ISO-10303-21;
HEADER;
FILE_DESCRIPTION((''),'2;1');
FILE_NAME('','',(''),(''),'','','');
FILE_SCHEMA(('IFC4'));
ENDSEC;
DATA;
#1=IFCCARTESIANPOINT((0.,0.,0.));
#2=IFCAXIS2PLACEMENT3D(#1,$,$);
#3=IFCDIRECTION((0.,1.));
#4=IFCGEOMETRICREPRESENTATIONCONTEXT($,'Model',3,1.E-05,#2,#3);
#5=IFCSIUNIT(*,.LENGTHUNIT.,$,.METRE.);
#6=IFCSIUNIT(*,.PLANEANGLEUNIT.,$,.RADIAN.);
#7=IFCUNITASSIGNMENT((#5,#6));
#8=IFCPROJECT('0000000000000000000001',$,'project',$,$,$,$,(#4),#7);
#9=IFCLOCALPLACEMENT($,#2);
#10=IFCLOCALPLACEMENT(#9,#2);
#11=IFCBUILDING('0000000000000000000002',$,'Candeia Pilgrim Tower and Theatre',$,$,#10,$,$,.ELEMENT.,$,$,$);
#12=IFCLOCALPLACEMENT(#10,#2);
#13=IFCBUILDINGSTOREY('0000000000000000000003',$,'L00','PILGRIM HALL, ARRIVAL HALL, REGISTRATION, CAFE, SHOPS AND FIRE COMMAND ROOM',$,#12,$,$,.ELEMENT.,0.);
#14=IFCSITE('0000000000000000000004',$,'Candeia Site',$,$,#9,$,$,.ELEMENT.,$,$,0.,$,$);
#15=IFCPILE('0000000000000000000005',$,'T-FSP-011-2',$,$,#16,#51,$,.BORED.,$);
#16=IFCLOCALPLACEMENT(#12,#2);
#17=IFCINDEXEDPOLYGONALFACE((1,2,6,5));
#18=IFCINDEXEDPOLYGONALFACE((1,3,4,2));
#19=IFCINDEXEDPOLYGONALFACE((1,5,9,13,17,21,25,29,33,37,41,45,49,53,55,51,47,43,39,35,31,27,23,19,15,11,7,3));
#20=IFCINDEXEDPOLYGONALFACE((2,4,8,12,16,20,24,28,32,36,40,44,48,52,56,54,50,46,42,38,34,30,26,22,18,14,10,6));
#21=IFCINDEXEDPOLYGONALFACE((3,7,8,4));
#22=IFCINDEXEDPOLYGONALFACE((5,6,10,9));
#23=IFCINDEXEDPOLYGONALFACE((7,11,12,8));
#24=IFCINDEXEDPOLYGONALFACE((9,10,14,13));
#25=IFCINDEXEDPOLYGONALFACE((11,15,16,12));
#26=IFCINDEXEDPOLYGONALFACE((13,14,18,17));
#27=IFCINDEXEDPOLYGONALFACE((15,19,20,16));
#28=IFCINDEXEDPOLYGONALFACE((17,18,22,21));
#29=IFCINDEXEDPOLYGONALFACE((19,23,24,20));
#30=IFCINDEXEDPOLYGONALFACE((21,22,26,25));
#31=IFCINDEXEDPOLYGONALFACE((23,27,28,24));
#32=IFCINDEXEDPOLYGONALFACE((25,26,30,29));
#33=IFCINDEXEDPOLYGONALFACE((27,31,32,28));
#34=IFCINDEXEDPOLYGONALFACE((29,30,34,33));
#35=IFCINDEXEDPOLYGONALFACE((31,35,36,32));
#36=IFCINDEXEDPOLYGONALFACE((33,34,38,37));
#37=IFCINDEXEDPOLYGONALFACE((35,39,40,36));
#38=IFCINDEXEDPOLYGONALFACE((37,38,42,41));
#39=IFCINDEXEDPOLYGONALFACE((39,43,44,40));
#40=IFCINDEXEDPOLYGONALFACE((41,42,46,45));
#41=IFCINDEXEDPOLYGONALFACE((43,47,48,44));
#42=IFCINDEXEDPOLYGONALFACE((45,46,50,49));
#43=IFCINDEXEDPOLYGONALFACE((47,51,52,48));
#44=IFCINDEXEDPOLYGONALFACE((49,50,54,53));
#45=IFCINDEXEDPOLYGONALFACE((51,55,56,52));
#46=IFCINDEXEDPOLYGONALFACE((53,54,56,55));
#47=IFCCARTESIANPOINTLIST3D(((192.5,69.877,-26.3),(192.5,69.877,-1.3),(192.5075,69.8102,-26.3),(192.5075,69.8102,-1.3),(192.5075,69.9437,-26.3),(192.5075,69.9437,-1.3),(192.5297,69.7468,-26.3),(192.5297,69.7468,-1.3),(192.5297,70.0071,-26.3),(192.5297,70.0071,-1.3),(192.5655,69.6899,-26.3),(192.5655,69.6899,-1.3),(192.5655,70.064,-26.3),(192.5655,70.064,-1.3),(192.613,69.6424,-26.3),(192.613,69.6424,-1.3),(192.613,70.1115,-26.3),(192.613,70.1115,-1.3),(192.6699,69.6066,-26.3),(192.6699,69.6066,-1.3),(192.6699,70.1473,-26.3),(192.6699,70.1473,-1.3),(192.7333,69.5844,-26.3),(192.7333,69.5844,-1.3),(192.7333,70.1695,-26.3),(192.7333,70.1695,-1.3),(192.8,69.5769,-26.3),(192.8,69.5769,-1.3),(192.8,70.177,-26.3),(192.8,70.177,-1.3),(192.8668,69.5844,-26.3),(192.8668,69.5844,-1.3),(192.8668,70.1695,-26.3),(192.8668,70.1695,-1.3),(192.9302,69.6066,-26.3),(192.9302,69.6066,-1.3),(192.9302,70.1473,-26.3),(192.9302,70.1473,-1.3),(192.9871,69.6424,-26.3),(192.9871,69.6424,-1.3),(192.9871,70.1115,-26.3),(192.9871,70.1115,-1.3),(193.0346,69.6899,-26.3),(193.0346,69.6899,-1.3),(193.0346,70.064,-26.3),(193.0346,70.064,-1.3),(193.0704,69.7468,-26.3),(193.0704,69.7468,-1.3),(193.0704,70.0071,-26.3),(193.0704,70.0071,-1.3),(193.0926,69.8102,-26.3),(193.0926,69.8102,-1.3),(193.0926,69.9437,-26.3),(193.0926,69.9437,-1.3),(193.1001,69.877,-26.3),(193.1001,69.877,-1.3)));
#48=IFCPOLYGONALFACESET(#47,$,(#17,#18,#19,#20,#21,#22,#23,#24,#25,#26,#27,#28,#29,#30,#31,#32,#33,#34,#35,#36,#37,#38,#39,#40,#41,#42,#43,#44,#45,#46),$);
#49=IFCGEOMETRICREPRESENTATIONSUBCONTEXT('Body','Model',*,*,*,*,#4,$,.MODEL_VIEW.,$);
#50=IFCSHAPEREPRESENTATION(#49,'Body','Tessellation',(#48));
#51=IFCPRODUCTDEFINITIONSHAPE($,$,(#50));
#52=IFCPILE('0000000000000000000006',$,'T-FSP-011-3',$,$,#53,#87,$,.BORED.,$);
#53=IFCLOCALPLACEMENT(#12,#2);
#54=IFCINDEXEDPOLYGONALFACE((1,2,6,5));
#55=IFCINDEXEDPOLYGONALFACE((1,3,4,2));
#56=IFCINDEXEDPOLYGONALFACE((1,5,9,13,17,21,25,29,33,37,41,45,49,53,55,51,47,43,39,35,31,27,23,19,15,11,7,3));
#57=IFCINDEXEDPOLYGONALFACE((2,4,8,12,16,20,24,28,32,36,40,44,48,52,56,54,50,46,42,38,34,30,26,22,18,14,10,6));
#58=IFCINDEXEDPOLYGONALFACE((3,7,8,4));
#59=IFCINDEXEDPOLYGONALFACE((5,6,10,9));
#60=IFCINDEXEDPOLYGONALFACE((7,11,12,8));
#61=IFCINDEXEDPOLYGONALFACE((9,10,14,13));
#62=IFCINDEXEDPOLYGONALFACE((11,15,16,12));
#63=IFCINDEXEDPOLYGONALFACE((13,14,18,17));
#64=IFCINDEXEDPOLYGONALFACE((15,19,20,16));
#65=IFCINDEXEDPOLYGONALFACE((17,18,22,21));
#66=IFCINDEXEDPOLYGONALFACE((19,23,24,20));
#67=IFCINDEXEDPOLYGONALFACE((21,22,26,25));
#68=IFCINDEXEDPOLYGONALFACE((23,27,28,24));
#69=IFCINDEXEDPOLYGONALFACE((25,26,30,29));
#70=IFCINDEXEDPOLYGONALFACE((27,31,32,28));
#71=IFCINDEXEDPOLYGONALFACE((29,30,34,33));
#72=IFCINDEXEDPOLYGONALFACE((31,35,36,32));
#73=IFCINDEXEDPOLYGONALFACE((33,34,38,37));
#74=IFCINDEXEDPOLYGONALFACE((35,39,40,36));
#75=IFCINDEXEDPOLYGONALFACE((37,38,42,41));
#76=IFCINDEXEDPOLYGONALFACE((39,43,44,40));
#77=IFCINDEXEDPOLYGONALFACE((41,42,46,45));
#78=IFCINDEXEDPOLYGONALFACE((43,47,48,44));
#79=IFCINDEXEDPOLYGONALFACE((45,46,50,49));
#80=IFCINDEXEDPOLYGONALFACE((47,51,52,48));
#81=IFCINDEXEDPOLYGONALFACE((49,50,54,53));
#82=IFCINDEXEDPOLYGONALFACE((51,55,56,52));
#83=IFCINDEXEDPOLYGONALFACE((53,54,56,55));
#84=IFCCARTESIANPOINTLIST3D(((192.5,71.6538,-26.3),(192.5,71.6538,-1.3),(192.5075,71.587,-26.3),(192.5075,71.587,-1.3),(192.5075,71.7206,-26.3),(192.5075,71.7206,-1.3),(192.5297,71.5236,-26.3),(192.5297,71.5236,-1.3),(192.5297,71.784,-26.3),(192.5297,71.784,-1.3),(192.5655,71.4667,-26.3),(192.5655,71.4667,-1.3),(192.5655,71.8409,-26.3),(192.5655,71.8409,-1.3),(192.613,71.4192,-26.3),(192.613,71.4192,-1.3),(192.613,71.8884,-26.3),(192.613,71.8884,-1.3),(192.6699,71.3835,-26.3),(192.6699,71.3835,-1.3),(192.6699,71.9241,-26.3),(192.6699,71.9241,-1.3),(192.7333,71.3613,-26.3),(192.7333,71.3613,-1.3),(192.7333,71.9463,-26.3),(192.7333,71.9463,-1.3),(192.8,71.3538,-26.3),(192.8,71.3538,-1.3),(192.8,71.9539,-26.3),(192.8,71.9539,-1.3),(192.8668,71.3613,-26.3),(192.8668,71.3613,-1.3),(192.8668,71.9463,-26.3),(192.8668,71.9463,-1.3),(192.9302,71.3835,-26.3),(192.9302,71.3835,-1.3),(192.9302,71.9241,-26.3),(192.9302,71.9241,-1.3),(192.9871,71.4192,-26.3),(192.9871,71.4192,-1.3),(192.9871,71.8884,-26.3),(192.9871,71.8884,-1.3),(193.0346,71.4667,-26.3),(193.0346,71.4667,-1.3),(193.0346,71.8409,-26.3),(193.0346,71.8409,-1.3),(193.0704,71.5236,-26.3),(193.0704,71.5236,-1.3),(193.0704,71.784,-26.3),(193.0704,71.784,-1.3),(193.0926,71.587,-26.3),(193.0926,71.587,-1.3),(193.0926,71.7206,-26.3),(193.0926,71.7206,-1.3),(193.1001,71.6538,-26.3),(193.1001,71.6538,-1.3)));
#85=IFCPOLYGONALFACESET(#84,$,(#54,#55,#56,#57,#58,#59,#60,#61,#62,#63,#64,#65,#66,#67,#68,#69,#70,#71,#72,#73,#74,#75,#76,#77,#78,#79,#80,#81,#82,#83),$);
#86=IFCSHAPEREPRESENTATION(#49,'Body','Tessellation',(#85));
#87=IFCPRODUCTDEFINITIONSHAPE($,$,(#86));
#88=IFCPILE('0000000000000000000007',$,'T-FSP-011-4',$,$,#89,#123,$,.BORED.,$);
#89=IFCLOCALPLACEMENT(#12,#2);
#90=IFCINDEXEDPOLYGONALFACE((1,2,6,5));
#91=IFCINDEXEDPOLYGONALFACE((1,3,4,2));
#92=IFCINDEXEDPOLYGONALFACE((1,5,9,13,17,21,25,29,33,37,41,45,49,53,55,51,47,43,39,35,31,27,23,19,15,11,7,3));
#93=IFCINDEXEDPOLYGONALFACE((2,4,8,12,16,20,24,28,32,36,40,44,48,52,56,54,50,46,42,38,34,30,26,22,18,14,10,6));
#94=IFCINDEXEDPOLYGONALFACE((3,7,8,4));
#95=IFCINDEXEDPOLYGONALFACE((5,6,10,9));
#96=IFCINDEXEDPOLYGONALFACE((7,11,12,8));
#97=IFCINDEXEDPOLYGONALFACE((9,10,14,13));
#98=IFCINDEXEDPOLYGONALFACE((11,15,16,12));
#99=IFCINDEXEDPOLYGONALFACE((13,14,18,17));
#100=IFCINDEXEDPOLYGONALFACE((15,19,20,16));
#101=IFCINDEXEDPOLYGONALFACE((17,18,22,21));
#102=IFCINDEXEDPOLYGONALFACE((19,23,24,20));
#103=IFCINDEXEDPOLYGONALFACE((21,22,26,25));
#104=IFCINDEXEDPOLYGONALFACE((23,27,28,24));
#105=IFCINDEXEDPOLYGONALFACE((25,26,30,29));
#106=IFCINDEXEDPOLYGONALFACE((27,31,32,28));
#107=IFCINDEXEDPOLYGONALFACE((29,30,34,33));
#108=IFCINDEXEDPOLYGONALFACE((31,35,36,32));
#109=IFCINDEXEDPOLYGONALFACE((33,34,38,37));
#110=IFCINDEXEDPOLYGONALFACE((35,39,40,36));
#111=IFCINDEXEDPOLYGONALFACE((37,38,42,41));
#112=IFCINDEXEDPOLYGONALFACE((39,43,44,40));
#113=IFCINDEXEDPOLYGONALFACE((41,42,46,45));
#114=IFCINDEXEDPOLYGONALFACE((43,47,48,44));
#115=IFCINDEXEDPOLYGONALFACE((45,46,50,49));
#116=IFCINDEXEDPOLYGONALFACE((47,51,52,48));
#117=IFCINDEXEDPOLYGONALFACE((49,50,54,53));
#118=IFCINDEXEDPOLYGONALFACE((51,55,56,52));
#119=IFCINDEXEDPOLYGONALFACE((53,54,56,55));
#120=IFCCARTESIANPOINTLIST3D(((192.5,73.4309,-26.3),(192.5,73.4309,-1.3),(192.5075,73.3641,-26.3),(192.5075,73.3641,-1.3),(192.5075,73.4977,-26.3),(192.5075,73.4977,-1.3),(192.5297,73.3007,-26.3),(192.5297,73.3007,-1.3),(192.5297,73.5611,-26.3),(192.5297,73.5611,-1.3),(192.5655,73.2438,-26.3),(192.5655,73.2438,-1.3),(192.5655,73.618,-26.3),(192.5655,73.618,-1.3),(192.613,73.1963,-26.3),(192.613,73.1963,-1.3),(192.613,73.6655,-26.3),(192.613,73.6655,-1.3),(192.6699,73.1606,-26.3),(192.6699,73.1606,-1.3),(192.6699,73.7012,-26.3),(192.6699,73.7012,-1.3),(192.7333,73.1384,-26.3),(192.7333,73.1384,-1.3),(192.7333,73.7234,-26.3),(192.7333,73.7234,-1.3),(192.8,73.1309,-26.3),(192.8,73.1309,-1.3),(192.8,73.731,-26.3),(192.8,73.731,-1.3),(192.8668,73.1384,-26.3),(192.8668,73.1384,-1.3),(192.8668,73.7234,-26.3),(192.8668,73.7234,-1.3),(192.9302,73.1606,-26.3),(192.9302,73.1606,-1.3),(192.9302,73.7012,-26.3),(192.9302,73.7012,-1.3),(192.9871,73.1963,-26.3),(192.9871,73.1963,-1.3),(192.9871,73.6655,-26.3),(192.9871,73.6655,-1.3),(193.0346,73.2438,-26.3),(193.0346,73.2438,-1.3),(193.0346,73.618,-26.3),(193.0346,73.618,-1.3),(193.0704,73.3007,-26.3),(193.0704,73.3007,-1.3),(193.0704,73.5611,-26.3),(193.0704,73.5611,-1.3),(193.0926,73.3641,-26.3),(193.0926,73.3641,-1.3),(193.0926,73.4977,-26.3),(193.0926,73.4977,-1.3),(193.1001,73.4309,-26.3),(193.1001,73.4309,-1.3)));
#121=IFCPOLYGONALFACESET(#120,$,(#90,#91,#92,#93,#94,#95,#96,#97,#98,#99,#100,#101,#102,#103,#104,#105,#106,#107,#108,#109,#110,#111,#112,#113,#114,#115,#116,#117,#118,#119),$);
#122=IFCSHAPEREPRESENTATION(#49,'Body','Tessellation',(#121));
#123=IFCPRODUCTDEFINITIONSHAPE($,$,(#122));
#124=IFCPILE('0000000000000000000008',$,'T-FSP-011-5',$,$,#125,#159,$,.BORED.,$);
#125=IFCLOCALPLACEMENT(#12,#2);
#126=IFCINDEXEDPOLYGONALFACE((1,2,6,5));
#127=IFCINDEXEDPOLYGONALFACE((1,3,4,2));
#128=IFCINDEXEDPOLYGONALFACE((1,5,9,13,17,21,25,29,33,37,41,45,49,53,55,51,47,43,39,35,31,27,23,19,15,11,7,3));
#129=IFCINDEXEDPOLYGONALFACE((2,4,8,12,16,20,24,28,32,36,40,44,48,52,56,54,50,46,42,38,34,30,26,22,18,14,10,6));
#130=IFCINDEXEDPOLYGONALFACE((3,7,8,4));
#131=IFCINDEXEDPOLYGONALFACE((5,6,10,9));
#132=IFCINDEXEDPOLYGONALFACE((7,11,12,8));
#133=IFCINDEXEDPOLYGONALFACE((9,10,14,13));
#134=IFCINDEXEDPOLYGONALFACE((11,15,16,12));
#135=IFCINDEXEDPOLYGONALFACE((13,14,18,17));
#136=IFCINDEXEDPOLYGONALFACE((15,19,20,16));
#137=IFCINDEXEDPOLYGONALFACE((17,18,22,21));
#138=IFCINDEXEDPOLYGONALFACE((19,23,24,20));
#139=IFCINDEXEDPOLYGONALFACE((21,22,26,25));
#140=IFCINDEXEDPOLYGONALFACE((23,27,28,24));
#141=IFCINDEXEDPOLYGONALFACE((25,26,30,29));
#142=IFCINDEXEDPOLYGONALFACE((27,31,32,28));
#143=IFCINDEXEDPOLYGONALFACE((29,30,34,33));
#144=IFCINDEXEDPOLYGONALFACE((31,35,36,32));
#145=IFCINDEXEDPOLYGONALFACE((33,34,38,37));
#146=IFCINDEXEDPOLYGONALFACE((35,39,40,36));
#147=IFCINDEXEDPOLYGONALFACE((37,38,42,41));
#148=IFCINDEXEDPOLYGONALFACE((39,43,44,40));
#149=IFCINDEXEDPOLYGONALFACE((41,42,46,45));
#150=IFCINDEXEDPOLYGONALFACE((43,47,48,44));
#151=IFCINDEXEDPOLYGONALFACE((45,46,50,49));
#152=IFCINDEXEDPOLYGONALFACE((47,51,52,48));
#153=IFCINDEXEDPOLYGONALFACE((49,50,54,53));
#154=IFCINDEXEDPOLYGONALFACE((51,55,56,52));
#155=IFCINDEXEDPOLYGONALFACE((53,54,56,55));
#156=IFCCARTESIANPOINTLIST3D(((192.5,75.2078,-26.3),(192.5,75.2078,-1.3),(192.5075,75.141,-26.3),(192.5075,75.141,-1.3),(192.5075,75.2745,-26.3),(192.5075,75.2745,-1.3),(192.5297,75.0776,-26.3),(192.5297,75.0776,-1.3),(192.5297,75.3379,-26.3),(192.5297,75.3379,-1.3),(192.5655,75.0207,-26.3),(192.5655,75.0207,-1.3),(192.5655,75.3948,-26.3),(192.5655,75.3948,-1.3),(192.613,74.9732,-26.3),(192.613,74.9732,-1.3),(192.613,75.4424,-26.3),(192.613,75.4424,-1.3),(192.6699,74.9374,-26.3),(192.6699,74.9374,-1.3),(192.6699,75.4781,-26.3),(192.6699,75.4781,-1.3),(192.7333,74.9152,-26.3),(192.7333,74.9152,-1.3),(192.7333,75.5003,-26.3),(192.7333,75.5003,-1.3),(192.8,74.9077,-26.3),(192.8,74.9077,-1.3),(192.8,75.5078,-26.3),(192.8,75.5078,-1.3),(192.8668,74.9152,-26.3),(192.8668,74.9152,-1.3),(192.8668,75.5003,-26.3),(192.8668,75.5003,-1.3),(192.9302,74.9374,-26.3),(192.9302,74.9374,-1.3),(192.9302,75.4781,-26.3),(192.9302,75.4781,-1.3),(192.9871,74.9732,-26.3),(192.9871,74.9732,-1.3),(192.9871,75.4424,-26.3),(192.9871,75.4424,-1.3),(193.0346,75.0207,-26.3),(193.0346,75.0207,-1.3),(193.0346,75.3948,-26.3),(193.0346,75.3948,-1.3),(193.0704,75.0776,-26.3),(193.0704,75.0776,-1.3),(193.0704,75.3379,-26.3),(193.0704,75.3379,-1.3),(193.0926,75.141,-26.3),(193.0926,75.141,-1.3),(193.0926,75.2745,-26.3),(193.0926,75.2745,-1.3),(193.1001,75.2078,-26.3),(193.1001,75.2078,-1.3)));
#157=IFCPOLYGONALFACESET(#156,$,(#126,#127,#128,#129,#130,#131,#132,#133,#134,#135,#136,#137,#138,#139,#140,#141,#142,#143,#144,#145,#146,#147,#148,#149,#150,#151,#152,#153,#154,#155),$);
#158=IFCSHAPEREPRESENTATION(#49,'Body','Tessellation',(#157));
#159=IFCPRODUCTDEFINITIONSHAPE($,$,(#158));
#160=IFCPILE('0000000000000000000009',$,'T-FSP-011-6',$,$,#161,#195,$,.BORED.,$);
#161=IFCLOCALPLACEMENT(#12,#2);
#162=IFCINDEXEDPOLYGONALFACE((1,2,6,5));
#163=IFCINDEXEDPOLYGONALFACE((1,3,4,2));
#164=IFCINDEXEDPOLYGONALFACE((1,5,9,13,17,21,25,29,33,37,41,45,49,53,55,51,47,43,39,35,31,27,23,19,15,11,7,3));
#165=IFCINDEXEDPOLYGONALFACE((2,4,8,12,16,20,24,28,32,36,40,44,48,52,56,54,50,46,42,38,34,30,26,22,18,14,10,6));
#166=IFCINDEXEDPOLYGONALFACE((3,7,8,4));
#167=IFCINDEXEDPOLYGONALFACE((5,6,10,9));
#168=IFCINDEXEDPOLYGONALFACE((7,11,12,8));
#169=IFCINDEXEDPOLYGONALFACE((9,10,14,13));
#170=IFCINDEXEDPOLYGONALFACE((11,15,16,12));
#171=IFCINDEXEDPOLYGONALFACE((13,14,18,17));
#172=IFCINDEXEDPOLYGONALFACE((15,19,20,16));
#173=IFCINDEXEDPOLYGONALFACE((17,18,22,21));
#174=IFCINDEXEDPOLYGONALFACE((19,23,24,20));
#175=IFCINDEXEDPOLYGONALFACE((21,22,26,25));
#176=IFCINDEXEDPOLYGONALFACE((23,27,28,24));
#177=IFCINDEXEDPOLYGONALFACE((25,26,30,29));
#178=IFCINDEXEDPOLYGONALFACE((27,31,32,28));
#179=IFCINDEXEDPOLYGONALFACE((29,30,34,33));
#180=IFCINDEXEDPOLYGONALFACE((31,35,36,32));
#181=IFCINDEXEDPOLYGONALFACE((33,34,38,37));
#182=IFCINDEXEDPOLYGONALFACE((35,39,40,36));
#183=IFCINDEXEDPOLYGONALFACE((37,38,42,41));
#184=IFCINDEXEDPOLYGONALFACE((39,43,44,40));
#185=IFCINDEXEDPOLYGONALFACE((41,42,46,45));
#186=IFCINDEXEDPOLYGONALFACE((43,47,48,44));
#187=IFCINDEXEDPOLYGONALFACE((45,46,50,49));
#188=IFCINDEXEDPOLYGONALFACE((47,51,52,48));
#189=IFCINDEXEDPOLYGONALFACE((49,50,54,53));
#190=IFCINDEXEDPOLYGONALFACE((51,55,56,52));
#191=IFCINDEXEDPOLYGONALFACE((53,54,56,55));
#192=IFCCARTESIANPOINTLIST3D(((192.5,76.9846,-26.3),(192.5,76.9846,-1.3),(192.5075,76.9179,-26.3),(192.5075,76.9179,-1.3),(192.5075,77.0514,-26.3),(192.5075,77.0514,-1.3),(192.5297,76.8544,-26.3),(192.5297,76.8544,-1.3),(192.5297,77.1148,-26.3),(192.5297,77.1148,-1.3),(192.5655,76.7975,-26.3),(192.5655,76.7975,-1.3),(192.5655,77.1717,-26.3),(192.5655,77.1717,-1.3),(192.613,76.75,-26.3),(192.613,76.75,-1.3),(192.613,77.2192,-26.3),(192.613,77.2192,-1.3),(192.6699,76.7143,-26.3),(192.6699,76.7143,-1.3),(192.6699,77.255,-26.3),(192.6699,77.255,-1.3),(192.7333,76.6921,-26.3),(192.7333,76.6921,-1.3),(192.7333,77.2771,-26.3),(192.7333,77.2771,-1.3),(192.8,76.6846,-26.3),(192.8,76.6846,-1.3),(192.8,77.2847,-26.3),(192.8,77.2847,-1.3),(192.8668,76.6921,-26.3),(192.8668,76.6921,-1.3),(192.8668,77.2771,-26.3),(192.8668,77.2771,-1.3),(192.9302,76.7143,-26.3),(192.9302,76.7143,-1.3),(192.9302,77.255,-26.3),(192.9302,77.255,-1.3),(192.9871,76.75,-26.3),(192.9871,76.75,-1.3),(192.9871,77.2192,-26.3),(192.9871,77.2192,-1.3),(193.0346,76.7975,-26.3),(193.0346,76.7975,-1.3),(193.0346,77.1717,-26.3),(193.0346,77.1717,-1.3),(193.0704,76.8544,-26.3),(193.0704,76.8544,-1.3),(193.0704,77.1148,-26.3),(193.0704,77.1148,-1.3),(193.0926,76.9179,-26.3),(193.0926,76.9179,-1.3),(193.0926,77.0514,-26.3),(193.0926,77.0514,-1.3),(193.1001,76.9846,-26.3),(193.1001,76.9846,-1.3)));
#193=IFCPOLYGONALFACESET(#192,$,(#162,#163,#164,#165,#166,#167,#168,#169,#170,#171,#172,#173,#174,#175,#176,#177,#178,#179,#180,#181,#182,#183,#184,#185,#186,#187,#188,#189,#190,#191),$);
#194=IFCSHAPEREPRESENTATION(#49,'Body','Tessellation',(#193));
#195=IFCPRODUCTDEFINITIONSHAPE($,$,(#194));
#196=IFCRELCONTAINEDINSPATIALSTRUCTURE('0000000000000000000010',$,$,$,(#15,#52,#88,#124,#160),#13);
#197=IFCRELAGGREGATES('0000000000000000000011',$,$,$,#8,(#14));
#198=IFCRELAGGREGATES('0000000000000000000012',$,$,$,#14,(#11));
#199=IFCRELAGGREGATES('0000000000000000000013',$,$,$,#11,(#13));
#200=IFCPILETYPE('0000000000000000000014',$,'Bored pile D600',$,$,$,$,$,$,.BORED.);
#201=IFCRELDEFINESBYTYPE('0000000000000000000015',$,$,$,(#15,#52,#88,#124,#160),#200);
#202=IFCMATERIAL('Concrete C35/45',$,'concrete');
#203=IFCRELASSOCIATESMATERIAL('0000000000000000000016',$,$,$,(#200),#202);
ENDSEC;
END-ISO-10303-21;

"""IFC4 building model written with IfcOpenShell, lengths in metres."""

from ifc_helpers import new_model, si_unit, direction, frame, origin, origin_2d, place, context, subcontext, project, spatial, circle, extrude, material, type_object, element, save


model = new_model("IFC4")

# Units and contexts
model_context = context("Model", 3, precision=1e-05, world=origin(), true_north=direction((0.0, 1.0)))
body_context = subcontext(model_context, "Body", "Model", "MODEL_VIEW")
ifc_project = project(units=[si_unit("LENGTHUNIT", "METRE"), si_unit("PLANEANGLEUNIT", "RADIAN")], contexts=[model_context])

# Site, building, storey
site_placement = place(None, origin())
site = spatial("IfcSite", under=ifc_project, at=site_placement, Name="Candeia Site", CompositionType="ELEMENT", RefElevation=0.0)
building_placement = place(site_placement, origin())
building = spatial("IfcBuilding", under=site, at=building_placement, Name="Candeia Pilgrim Tower and Theatre", CompositionType="ELEMENT")
storey_placement = place(building_placement, origin())
storey = spatial("IfcBuildingStorey", under=building, at=storey_placement, Name="L00", Description="PILGRIM HALL, ARRIVAL HALL, REGISTRATION, CAFE, SHOPS AND FIRE COMMAND ROOM", CompositionType="ELEMENT", Elevation=0.0)

# Piles
ifc_material_1 = material(Name="Concrete C35/45", Category="concrete")
pile_type = type_object("IfcPileType", Name="Bored pile D600", PredefinedType="BORED", material=ifc_material_1)
for number, where, z_axis, x_axis, name in (
    (1, (192.8, 69.877, -1.3), (0.0, 0.0, -1.0), (1.0, 0.0, 0.0), "T-FSP-011-2"),
    (2, (192.8, 71.6538, -1.3), (0.0, 0.0, -1.0), (1.0, 0.0, 0.0), "T-FSP-011-3"),
    (3, (192.8, 73.4309, -1.3), (0.0, 0.0, -1.0), (1.0, 0.0, 0.0), "T-FSP-011-4"),
    (4, (192.8, 75.2078, -1.3), (0.0, 0.0, -1.0), (1.0, 0.0, 0.0), "T-FSP-011-5"),
    (5, (192.8, 76.9846, -1.3), (0.0, 0.0, -1.0), (1.0, 0.0, 0.0), "T-FSP-011-6"),
):
    element("IfcPile", number, at=place(storey_placement, frame(where, z_axis=z_axis, x_axis=x_axis)), inside=storey, type_object=pile_type, Name=name, PredefinedType="BORED", context=body_context, shape_type="SweptSolid", body=[
        extrude(circle(Radius=0.3, at=origin_2d()), origin(), (0.0, 0.0, 1.0), 25.0),
    ])

save(model, "model.ifc")
